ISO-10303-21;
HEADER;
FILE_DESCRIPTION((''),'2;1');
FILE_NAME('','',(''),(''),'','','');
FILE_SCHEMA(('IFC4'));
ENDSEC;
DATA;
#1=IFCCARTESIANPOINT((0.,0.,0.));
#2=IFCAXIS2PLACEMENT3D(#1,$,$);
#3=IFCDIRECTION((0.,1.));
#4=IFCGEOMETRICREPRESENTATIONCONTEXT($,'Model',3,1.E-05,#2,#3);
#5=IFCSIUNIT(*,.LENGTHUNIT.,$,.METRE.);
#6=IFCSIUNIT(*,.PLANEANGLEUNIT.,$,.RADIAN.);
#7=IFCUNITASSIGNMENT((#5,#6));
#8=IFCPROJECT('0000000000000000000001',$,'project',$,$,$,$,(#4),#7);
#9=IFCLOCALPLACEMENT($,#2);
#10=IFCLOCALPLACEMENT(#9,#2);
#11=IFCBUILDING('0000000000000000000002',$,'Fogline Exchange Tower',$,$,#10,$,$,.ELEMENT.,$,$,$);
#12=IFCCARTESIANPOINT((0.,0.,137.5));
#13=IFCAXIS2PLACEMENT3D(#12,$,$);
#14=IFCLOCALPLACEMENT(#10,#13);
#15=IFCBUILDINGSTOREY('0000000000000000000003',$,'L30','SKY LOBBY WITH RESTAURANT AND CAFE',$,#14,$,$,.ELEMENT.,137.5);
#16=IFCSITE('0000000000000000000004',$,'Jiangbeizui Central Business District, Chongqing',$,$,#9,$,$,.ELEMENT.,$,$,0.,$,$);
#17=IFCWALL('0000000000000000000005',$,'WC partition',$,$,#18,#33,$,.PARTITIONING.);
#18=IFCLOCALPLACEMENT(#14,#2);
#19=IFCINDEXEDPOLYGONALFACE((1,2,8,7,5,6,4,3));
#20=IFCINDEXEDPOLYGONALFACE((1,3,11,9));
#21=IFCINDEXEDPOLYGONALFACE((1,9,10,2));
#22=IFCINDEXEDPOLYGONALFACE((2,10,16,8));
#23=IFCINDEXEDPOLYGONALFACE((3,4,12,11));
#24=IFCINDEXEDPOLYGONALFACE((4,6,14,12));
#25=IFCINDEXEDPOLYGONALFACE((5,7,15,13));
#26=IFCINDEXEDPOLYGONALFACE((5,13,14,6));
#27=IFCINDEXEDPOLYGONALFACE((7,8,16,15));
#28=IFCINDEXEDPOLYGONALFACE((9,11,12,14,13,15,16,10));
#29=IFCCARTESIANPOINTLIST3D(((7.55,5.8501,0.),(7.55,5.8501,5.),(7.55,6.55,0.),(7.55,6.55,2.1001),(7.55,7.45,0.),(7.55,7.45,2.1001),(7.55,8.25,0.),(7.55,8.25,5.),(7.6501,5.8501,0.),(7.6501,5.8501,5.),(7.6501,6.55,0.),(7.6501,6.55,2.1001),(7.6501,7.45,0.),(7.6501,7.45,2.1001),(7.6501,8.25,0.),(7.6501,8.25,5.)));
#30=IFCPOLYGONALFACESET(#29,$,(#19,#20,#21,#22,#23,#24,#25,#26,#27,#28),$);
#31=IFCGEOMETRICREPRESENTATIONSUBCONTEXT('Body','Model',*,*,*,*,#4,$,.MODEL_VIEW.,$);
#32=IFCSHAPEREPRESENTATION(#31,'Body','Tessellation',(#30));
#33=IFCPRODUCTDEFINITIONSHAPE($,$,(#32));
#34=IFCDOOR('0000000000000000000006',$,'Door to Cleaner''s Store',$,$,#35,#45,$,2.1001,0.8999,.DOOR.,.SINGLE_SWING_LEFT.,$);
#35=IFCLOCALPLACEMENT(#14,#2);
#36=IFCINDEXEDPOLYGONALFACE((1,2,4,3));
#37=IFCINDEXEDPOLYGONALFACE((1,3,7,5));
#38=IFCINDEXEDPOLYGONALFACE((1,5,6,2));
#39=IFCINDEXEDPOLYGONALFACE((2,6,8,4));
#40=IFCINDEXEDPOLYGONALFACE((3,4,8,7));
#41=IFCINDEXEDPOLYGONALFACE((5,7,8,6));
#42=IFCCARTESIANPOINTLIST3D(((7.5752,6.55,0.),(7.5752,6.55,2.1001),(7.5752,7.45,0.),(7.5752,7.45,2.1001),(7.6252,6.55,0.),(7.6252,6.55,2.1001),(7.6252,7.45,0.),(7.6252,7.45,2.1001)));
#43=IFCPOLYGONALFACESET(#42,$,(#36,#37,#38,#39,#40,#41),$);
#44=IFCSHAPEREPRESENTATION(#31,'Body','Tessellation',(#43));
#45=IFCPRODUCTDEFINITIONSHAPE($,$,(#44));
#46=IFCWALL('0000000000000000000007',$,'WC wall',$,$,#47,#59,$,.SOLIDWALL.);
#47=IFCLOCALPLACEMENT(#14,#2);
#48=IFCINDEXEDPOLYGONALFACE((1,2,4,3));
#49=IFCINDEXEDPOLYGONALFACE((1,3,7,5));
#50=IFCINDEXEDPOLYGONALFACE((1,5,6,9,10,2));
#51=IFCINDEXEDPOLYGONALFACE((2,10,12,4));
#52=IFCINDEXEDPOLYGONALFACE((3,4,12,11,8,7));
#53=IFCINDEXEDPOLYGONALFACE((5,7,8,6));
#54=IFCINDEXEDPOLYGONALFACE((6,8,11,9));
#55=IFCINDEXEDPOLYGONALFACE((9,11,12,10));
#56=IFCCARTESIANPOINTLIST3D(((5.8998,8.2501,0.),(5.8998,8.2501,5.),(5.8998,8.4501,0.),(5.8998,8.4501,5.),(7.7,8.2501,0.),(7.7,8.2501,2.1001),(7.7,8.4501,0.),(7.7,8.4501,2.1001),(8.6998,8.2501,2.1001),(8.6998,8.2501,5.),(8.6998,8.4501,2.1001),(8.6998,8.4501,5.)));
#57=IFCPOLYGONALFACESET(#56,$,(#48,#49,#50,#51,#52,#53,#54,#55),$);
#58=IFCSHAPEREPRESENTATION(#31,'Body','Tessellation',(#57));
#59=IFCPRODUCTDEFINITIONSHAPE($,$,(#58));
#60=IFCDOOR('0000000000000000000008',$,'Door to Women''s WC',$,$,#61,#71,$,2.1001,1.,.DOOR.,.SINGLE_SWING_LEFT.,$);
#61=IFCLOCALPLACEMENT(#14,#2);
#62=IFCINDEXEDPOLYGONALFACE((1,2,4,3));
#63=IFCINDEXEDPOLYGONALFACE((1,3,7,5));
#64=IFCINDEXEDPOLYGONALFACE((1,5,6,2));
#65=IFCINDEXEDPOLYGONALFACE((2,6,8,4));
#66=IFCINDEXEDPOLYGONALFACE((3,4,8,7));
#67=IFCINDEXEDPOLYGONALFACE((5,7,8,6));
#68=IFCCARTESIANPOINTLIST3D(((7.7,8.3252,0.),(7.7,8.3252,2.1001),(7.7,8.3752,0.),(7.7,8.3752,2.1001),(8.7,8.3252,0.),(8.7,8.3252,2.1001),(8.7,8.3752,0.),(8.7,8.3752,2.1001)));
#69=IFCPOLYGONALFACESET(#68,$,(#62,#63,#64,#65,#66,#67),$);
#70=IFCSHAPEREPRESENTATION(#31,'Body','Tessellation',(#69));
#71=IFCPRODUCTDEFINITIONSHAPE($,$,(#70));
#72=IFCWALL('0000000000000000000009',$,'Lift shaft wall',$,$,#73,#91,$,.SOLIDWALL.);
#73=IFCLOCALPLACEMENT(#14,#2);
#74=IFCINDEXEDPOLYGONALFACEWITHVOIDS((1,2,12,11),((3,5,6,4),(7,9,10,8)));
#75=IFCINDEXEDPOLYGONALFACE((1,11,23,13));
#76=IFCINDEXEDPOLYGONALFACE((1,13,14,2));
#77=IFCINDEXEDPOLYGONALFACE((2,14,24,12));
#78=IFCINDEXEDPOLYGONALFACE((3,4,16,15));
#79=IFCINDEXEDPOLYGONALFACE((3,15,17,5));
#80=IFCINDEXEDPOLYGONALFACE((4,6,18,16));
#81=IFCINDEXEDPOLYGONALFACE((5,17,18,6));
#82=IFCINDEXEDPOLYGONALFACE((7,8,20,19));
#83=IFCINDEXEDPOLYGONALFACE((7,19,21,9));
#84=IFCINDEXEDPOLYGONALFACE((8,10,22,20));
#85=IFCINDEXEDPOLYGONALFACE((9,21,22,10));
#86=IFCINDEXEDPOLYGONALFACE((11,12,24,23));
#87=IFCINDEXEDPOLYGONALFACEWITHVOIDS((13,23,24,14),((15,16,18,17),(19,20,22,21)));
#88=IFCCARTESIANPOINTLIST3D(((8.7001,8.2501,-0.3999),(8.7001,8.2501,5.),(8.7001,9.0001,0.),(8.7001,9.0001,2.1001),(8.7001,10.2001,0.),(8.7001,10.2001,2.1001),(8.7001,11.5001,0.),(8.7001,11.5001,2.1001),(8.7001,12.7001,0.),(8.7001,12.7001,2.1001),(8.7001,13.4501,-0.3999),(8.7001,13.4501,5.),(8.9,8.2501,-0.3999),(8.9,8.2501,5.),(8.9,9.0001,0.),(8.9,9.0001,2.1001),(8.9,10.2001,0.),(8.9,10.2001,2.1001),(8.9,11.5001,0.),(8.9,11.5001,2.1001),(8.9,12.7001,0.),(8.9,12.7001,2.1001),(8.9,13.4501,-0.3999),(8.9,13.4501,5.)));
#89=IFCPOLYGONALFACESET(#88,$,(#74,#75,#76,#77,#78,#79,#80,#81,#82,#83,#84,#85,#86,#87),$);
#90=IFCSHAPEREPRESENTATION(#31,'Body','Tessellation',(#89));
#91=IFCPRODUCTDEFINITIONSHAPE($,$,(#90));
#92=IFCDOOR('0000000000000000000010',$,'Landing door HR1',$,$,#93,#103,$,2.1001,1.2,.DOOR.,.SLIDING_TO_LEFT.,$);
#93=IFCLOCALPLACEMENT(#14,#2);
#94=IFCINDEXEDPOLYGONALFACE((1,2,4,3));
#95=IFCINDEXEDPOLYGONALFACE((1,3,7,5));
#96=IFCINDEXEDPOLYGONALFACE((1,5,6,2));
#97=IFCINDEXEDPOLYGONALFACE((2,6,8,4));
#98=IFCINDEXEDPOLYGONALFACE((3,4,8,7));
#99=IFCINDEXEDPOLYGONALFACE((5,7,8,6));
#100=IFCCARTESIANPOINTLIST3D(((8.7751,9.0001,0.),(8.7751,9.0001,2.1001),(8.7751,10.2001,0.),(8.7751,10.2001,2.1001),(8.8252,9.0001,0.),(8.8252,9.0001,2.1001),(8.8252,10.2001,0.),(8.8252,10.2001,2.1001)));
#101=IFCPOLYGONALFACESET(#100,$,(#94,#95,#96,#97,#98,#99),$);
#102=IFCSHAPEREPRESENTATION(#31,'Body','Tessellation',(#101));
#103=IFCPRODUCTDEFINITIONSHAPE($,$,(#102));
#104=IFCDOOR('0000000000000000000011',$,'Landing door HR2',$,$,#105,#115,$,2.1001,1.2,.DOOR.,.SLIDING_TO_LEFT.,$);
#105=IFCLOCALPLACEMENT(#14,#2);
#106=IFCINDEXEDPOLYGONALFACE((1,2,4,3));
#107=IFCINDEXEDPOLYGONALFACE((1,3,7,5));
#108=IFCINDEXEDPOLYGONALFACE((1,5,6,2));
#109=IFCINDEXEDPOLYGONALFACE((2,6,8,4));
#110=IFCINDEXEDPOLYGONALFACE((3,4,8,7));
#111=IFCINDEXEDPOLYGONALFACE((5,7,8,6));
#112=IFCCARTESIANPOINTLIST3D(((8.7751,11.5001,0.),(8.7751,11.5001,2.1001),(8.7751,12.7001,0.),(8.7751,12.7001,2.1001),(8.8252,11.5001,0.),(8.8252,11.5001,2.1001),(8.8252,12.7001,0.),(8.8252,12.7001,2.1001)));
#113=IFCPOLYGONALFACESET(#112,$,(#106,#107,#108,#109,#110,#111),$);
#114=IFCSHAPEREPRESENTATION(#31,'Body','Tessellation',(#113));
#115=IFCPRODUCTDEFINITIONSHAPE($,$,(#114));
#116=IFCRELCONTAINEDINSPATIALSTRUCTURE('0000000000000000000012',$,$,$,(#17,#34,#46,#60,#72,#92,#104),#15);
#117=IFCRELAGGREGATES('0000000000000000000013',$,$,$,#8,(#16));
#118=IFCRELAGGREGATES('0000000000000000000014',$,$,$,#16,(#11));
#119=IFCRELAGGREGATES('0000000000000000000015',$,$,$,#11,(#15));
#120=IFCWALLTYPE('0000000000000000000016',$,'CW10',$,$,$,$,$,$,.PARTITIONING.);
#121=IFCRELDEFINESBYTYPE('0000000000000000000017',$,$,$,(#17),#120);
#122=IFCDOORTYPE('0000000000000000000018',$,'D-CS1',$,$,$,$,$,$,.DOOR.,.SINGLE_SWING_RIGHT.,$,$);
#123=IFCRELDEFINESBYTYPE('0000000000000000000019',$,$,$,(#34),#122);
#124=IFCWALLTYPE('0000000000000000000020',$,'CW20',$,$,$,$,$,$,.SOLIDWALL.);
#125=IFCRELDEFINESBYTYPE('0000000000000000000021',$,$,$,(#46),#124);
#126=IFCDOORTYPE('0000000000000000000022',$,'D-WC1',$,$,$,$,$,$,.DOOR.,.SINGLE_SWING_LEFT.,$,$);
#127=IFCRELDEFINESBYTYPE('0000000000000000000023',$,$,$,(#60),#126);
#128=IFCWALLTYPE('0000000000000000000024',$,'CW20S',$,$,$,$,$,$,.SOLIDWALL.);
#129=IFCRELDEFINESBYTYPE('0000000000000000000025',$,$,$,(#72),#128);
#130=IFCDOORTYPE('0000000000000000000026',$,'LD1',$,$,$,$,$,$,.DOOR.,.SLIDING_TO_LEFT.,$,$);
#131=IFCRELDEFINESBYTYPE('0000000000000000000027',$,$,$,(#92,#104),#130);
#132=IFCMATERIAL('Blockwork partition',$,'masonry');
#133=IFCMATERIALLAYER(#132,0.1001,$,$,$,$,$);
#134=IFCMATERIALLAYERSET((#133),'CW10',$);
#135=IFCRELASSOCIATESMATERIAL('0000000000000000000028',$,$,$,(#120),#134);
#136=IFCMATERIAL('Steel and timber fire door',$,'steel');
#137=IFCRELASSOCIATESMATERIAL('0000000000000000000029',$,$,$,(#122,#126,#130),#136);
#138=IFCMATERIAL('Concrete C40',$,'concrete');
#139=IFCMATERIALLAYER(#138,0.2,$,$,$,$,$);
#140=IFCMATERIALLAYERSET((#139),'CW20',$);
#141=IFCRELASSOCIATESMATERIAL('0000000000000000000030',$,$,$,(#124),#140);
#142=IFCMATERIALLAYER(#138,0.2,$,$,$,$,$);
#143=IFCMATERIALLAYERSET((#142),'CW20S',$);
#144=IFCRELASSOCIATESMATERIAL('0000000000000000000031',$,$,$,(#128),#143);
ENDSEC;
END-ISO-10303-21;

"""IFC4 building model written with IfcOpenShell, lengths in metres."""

from ifc_helpers import new_model, si_unit, direction, frame, frame_2d, origin, place, context, subcontext, project, spatial, rectangle, extrude, material, layer, layer_set, type_object, element, fill, save


model = new_model("IFC4")

# Units and contexts
model_context = context("Model", 3, precision=1e-05, world=origin(), true_north=direction((0.0, 1.0)))
body_context = subcontext(model_context, "Body", "Model", "MODEL_VIEW")
ifc_project = project(units=[si_unit("LENGTHUNIT", "METRE"), si_unit("PLANEANGLEUNIT", "RADIAN")], contexts=[model_context])

# Site, building, storey
site_placement = place(None, origin())
site = spatial("IfcSite", under=ifc_project, at=site_placement, Name="Jiangbeizui Central Business District, Chongqing", CompositionType="ELEMENT", RefElevation=0.0)
building_placement = place(site_placement, origin())
building = spatial("IfcBuilding", under=site, at=building_placement, Name="Fogline Exchange Tower", CompositionType="ELEMENT")
storey_placement = place(building_placement, frame((0.0, 0.0, 137.5)))
storey = spatial("IfcBuildingStorey", under=building, at=storey_placement, Name="L30", Description="SKY LOBBY WITH RESTAURANT AND CAFE", CompositionType="ELEMENT", Elevation=137.5)

# Walls, openings, doors
ifc_material_1 = material(Name="Blockwork partition", Category="masonry")
ifc_layer_1 = layer(ifc_material_1, 0.1001)
ifc_layer_set_1 = layer_set([ifc_layer_1], Name="CW10")
wall_type_1 = type_object("IfcWallType", Name="CW10", PredefinedType="PARTITIONING", material=ifc_layer_set_1)
wall_1_placement = place(storey_placement, frame((7.6001, 5.8501, 0.0), z_axis=(0.0, 0.0, 1.0), x_axis=(0.0, 1.0, 0.0)))
wall_1 = element("IfcWall", 1, at=wall_1_placement, inside=storey, type_object=wall_type_1, Name="WC partition", PredefinedType="PARTITIONING", context=body_context, shape_type="SweptSolid", body=[
    extrude(rectangle(XDim=2.3999, YDim=0.1001, at=frame_2d((1.2, 0.0))), origin(), (0.0, 0.0, 1.0), 5.0),
])
opening_1_placement = place(wall_1_placement, frame((0.7, 0.0, 0.0)))
opening_1 = element("IfcOpeningElement", 2, at=opening_1_placement, cuts=wall_1, PredefinedType="OPENING", context=body_context, shape_type="SweptSolid", body=[
    extrude(rectangle(XDim=0.8999, YDim=2.1001, at=frame_2d((0.45, 1.05))), frame((0.0, 0.0601, 0.0), z_axis=(0.0, -1.0, 0.0), x_axis=(1.0, 0.0, 0.0)), (0.0, 0.0, 1.0), 0.1201),
])
ifc_material_2 = material(Name="Steel and timber fire door", Category="steel")
door_type_1 = type_object("IfcDoorType", Name="D-CS1", OperationType="SINGLE_SWING_RIGHT", PredefinedType="DOOR", material=ifc_material_2)
door_1_placement = place(opening_1_placement, origin())
door_1 = element("IfcDoor", 3, at=door_1_placement, inside=storey, type_object=door_type_1, Name="Door to Cleaner's Store", OperationType="SINGLE_SWING_LEFT", OverallHeight=2.1001, OverallWidth=0.8999, PredefinedType="DOOR", context=body_context, shape_type="SweptSolid", body=[
    extrude(rectangle(XDim=0.8999, YDim=2.1001, at=frame_2d((0.45, 1.05))), frame((0.0, 0.0249, 0.0), z_axis=(0.0, -1.0, 0.0), x_axis=(1.0, 0.0, 0.0)), (0.0, 0.0, 1.0), 0.05),
])
fill(opening_1, door_1)
ifc_material_3 = material(Name="Concrete C40", Category="concrete")
ifc_layer_2 = layer(ifc_material_3, 0.2)
ifc_layer_set_2 = layer_set([ifc_layer_2], Name="CW20")
wall_type_2 = type_object("IfcWallType", Name="CW20", PredefinedType="SOLIDWALL", material=ifc_layer_set_2)
wall_2_placement = place(storey_placement, frame((5.8999, 8.3501, 0.0), z_axis=(0.0, 0.0, 1.0), x_axis=(1.0, 0.0, 0.0)))
wall_2 = element("IfcWall", 4, at=wall_2_placement, inside=storey, type_object=wall_type_2, Name="WC wall", PredefinedType="SOLIDWALL", context=body_context, shape_type="SweptSolid", body=[
    extrude(rectangle(XDim=2.8, YDim=0.2, at=frame_2d((1.3999, 0.0))), origin(), (0.0, 0.0, 1.0), 5.0),
])
opening_2_placement = place(wall_2_placement, frame((1.8, 0.0, 0.0)))
opening_2 = element("IfcOpeningElement", 5, at=opening_2_placement, cuts=wall_2, PredefinedType="OPENING", context=body_context, shape_type="SweptSolid", body=[
    extrude(rectangle(XDim=1.0, YDim=2.1001, at=frame_2d((0.5, 1.05))), frame((0.0, 0.1099, 0.0), z_axis=(0.0, -1.0, 0.0), x_axis=(1.0, 0.0, 0.0)), (0.0, 0.0, 1.0), 0.22),
])
door_type_2 = type_object("IfcDoorType", Name="D-WC1", OperationType="SINGLE_SWING_LEFT", PredefinedType="DOOR", material=ifc_material_2)
door_2_placement = place(opening_2_placement, frame((1.0, 0.0, 0.0), z_axis=(0.0, 0.0, 1.0), x_axis=(-1.0, 0.0, 0.0)))
door_2 = element("IfcDoor", 6, at=door_2_placement, inside=storey, type_object=door_type_2, Name="Door to Women's WC", OperationType="SINGLE_SWING_LEFT", OverallHeight=2.1001, OverallWidth=1.0, PredefinedType="DOOR", context=body_context, shape_type="SweptSolid", body=[
    extrude(rectangle(XDim=1.0, YDim=2.1001, at=frame_2d((0.5, 1.05))), frame((0.0, 0.0249, 0.0), z_axis=(0.0, -1.0, 0.0), x_axis=(1.0, 0.0, 0.0)), (0.0, 0.0, 1.0), 0.05),
])
fill(opening_2, door_2)

# Wall, openings, doors
ifc_layer_3 = layer(ifc_material_3, 0.2)
ifc_layer_set_3 = layer_set([ifc_layer_3], Name="CW20S")
wall_type_3 = type_object("IfcWallType", Name="CW20S", PredefinedType="SOLIDWALL", material=ifc_layer_set_3)
wall_3_placement = place(storey_placement, frame((8.8, 8.25, -0.3999), z_axis=(0.0, 0.0, 1.0), x_axis=(0.0, 1.0, 0.0)))
wall_3 = element("IfcWall", 7, at=wall_3_placement, inside=storey, type_object=wall_type_3, Name="Lift shaft wall", PredefinedType="SOLIDWALL", context=body_context, shape_type="SweptSolid", body=[
    extrude(rectangle(XDim=5.2, YDim=0.2, at=frame_2d((2.6001, 0.0))), origin(), (0.0, 0.0, 1.0), 5.3999),
])
opening_3_placement = place(wall_3_placement, frame((0.75, 0.0, 0.3999)))
opening_3 = element("IfcOpeningElement", 8, at=opening_3_placement, cuts=wall_3, PredefinedType="OPENING", context=body_context, shape_type="SweptSolid", body=[
    extrude(rectangle(XDim=1.2, YDim=2.1001, at=frame_2d((0.6001, 1.05))), frame((0.0, 0.1099, 0.0), z_axis=(0.0, -1.0, 0.0), x_axis=(1.0, 0.0, 0.0)), (0.0, 0.0, 1.0), 0.22),
])
opening_4_placement = place(wall_3_placement, frame((3.25, 0.0, 0.3999)))
opening_4 = element("IfcOpeningElement", 9, at=opening_4_placement, cuts=wall_3, PredefinedType="OPENING", context=body_context, shape_type="SweptSolid", body=[
    extrude(rectangle(XDim=1.2, YDim=2.1001, at=frame_2d((0.6001, 1.05))), frame((0.0, 0.1099, 0.0), z_axis=(0.0, -1.0, 0.0), x_axis=(1.0, 0.0, 0.0)), (0.0, 0.0, 1.0), 0.22),
])
door_type_3 = type_object("IfcDoorType", Name="LD1", OperationType="SLIDING_TO_LEFT", PredefinedType="DOOR", material=ifc_material_2)
door_3_placement = place(opening_3_placement, origin())
door_3 = element("IfcDoor", 10, at=door_3_placement, inside=storey, type_object=door_type_3, Name="Landing door HR1", OperationType="SLIDING_TO_LEFT", OverallHeight=2.1001, OverallWidth=1.2, PredefinedType="DOOR", context=body_context, shape_type="SweptSolid", body=[
    extrude(rectangle(XDim=1.2, YDim=2.1001, at=frame_2d((0.6001, 1.05))), frame((0.0, 0.0249, 0.0), z_axis=(0.0, -1.0, 0.0), x_axis=(1.0, 0.0, 0.0)), (0.0, 0.0, 1.0), 0.05),
])
fill(opening_3, door_3)
door_4_placement = place(opening_4_placement, origin())
door_4 = element("IfcDoor", 11, at=door_4_placement, inside=storey, type_object=door_type_3, Name="Landing door HR2", OperationType="SLIDING_TO_LEFT", OverallHeight=2.1001, OverallWidth=1.2, PredefinedType="DOOR", context=body_context, shape_type="SweptSolid", body=[
    extrude(rectangle(XDim=1.2, YDim=2.1001, at=frame_2d((0.6001, 1.05))), frame((0.0, 0.0249, 0.0), z_axis=(0.0, -1.0, 0.0), x_axis=(1.0, 0.0, 0.0)), (0.0, 0.0, 1.0), 0.05),
])
fill(opening_4, door_4)

save(model, "model.ifc")
